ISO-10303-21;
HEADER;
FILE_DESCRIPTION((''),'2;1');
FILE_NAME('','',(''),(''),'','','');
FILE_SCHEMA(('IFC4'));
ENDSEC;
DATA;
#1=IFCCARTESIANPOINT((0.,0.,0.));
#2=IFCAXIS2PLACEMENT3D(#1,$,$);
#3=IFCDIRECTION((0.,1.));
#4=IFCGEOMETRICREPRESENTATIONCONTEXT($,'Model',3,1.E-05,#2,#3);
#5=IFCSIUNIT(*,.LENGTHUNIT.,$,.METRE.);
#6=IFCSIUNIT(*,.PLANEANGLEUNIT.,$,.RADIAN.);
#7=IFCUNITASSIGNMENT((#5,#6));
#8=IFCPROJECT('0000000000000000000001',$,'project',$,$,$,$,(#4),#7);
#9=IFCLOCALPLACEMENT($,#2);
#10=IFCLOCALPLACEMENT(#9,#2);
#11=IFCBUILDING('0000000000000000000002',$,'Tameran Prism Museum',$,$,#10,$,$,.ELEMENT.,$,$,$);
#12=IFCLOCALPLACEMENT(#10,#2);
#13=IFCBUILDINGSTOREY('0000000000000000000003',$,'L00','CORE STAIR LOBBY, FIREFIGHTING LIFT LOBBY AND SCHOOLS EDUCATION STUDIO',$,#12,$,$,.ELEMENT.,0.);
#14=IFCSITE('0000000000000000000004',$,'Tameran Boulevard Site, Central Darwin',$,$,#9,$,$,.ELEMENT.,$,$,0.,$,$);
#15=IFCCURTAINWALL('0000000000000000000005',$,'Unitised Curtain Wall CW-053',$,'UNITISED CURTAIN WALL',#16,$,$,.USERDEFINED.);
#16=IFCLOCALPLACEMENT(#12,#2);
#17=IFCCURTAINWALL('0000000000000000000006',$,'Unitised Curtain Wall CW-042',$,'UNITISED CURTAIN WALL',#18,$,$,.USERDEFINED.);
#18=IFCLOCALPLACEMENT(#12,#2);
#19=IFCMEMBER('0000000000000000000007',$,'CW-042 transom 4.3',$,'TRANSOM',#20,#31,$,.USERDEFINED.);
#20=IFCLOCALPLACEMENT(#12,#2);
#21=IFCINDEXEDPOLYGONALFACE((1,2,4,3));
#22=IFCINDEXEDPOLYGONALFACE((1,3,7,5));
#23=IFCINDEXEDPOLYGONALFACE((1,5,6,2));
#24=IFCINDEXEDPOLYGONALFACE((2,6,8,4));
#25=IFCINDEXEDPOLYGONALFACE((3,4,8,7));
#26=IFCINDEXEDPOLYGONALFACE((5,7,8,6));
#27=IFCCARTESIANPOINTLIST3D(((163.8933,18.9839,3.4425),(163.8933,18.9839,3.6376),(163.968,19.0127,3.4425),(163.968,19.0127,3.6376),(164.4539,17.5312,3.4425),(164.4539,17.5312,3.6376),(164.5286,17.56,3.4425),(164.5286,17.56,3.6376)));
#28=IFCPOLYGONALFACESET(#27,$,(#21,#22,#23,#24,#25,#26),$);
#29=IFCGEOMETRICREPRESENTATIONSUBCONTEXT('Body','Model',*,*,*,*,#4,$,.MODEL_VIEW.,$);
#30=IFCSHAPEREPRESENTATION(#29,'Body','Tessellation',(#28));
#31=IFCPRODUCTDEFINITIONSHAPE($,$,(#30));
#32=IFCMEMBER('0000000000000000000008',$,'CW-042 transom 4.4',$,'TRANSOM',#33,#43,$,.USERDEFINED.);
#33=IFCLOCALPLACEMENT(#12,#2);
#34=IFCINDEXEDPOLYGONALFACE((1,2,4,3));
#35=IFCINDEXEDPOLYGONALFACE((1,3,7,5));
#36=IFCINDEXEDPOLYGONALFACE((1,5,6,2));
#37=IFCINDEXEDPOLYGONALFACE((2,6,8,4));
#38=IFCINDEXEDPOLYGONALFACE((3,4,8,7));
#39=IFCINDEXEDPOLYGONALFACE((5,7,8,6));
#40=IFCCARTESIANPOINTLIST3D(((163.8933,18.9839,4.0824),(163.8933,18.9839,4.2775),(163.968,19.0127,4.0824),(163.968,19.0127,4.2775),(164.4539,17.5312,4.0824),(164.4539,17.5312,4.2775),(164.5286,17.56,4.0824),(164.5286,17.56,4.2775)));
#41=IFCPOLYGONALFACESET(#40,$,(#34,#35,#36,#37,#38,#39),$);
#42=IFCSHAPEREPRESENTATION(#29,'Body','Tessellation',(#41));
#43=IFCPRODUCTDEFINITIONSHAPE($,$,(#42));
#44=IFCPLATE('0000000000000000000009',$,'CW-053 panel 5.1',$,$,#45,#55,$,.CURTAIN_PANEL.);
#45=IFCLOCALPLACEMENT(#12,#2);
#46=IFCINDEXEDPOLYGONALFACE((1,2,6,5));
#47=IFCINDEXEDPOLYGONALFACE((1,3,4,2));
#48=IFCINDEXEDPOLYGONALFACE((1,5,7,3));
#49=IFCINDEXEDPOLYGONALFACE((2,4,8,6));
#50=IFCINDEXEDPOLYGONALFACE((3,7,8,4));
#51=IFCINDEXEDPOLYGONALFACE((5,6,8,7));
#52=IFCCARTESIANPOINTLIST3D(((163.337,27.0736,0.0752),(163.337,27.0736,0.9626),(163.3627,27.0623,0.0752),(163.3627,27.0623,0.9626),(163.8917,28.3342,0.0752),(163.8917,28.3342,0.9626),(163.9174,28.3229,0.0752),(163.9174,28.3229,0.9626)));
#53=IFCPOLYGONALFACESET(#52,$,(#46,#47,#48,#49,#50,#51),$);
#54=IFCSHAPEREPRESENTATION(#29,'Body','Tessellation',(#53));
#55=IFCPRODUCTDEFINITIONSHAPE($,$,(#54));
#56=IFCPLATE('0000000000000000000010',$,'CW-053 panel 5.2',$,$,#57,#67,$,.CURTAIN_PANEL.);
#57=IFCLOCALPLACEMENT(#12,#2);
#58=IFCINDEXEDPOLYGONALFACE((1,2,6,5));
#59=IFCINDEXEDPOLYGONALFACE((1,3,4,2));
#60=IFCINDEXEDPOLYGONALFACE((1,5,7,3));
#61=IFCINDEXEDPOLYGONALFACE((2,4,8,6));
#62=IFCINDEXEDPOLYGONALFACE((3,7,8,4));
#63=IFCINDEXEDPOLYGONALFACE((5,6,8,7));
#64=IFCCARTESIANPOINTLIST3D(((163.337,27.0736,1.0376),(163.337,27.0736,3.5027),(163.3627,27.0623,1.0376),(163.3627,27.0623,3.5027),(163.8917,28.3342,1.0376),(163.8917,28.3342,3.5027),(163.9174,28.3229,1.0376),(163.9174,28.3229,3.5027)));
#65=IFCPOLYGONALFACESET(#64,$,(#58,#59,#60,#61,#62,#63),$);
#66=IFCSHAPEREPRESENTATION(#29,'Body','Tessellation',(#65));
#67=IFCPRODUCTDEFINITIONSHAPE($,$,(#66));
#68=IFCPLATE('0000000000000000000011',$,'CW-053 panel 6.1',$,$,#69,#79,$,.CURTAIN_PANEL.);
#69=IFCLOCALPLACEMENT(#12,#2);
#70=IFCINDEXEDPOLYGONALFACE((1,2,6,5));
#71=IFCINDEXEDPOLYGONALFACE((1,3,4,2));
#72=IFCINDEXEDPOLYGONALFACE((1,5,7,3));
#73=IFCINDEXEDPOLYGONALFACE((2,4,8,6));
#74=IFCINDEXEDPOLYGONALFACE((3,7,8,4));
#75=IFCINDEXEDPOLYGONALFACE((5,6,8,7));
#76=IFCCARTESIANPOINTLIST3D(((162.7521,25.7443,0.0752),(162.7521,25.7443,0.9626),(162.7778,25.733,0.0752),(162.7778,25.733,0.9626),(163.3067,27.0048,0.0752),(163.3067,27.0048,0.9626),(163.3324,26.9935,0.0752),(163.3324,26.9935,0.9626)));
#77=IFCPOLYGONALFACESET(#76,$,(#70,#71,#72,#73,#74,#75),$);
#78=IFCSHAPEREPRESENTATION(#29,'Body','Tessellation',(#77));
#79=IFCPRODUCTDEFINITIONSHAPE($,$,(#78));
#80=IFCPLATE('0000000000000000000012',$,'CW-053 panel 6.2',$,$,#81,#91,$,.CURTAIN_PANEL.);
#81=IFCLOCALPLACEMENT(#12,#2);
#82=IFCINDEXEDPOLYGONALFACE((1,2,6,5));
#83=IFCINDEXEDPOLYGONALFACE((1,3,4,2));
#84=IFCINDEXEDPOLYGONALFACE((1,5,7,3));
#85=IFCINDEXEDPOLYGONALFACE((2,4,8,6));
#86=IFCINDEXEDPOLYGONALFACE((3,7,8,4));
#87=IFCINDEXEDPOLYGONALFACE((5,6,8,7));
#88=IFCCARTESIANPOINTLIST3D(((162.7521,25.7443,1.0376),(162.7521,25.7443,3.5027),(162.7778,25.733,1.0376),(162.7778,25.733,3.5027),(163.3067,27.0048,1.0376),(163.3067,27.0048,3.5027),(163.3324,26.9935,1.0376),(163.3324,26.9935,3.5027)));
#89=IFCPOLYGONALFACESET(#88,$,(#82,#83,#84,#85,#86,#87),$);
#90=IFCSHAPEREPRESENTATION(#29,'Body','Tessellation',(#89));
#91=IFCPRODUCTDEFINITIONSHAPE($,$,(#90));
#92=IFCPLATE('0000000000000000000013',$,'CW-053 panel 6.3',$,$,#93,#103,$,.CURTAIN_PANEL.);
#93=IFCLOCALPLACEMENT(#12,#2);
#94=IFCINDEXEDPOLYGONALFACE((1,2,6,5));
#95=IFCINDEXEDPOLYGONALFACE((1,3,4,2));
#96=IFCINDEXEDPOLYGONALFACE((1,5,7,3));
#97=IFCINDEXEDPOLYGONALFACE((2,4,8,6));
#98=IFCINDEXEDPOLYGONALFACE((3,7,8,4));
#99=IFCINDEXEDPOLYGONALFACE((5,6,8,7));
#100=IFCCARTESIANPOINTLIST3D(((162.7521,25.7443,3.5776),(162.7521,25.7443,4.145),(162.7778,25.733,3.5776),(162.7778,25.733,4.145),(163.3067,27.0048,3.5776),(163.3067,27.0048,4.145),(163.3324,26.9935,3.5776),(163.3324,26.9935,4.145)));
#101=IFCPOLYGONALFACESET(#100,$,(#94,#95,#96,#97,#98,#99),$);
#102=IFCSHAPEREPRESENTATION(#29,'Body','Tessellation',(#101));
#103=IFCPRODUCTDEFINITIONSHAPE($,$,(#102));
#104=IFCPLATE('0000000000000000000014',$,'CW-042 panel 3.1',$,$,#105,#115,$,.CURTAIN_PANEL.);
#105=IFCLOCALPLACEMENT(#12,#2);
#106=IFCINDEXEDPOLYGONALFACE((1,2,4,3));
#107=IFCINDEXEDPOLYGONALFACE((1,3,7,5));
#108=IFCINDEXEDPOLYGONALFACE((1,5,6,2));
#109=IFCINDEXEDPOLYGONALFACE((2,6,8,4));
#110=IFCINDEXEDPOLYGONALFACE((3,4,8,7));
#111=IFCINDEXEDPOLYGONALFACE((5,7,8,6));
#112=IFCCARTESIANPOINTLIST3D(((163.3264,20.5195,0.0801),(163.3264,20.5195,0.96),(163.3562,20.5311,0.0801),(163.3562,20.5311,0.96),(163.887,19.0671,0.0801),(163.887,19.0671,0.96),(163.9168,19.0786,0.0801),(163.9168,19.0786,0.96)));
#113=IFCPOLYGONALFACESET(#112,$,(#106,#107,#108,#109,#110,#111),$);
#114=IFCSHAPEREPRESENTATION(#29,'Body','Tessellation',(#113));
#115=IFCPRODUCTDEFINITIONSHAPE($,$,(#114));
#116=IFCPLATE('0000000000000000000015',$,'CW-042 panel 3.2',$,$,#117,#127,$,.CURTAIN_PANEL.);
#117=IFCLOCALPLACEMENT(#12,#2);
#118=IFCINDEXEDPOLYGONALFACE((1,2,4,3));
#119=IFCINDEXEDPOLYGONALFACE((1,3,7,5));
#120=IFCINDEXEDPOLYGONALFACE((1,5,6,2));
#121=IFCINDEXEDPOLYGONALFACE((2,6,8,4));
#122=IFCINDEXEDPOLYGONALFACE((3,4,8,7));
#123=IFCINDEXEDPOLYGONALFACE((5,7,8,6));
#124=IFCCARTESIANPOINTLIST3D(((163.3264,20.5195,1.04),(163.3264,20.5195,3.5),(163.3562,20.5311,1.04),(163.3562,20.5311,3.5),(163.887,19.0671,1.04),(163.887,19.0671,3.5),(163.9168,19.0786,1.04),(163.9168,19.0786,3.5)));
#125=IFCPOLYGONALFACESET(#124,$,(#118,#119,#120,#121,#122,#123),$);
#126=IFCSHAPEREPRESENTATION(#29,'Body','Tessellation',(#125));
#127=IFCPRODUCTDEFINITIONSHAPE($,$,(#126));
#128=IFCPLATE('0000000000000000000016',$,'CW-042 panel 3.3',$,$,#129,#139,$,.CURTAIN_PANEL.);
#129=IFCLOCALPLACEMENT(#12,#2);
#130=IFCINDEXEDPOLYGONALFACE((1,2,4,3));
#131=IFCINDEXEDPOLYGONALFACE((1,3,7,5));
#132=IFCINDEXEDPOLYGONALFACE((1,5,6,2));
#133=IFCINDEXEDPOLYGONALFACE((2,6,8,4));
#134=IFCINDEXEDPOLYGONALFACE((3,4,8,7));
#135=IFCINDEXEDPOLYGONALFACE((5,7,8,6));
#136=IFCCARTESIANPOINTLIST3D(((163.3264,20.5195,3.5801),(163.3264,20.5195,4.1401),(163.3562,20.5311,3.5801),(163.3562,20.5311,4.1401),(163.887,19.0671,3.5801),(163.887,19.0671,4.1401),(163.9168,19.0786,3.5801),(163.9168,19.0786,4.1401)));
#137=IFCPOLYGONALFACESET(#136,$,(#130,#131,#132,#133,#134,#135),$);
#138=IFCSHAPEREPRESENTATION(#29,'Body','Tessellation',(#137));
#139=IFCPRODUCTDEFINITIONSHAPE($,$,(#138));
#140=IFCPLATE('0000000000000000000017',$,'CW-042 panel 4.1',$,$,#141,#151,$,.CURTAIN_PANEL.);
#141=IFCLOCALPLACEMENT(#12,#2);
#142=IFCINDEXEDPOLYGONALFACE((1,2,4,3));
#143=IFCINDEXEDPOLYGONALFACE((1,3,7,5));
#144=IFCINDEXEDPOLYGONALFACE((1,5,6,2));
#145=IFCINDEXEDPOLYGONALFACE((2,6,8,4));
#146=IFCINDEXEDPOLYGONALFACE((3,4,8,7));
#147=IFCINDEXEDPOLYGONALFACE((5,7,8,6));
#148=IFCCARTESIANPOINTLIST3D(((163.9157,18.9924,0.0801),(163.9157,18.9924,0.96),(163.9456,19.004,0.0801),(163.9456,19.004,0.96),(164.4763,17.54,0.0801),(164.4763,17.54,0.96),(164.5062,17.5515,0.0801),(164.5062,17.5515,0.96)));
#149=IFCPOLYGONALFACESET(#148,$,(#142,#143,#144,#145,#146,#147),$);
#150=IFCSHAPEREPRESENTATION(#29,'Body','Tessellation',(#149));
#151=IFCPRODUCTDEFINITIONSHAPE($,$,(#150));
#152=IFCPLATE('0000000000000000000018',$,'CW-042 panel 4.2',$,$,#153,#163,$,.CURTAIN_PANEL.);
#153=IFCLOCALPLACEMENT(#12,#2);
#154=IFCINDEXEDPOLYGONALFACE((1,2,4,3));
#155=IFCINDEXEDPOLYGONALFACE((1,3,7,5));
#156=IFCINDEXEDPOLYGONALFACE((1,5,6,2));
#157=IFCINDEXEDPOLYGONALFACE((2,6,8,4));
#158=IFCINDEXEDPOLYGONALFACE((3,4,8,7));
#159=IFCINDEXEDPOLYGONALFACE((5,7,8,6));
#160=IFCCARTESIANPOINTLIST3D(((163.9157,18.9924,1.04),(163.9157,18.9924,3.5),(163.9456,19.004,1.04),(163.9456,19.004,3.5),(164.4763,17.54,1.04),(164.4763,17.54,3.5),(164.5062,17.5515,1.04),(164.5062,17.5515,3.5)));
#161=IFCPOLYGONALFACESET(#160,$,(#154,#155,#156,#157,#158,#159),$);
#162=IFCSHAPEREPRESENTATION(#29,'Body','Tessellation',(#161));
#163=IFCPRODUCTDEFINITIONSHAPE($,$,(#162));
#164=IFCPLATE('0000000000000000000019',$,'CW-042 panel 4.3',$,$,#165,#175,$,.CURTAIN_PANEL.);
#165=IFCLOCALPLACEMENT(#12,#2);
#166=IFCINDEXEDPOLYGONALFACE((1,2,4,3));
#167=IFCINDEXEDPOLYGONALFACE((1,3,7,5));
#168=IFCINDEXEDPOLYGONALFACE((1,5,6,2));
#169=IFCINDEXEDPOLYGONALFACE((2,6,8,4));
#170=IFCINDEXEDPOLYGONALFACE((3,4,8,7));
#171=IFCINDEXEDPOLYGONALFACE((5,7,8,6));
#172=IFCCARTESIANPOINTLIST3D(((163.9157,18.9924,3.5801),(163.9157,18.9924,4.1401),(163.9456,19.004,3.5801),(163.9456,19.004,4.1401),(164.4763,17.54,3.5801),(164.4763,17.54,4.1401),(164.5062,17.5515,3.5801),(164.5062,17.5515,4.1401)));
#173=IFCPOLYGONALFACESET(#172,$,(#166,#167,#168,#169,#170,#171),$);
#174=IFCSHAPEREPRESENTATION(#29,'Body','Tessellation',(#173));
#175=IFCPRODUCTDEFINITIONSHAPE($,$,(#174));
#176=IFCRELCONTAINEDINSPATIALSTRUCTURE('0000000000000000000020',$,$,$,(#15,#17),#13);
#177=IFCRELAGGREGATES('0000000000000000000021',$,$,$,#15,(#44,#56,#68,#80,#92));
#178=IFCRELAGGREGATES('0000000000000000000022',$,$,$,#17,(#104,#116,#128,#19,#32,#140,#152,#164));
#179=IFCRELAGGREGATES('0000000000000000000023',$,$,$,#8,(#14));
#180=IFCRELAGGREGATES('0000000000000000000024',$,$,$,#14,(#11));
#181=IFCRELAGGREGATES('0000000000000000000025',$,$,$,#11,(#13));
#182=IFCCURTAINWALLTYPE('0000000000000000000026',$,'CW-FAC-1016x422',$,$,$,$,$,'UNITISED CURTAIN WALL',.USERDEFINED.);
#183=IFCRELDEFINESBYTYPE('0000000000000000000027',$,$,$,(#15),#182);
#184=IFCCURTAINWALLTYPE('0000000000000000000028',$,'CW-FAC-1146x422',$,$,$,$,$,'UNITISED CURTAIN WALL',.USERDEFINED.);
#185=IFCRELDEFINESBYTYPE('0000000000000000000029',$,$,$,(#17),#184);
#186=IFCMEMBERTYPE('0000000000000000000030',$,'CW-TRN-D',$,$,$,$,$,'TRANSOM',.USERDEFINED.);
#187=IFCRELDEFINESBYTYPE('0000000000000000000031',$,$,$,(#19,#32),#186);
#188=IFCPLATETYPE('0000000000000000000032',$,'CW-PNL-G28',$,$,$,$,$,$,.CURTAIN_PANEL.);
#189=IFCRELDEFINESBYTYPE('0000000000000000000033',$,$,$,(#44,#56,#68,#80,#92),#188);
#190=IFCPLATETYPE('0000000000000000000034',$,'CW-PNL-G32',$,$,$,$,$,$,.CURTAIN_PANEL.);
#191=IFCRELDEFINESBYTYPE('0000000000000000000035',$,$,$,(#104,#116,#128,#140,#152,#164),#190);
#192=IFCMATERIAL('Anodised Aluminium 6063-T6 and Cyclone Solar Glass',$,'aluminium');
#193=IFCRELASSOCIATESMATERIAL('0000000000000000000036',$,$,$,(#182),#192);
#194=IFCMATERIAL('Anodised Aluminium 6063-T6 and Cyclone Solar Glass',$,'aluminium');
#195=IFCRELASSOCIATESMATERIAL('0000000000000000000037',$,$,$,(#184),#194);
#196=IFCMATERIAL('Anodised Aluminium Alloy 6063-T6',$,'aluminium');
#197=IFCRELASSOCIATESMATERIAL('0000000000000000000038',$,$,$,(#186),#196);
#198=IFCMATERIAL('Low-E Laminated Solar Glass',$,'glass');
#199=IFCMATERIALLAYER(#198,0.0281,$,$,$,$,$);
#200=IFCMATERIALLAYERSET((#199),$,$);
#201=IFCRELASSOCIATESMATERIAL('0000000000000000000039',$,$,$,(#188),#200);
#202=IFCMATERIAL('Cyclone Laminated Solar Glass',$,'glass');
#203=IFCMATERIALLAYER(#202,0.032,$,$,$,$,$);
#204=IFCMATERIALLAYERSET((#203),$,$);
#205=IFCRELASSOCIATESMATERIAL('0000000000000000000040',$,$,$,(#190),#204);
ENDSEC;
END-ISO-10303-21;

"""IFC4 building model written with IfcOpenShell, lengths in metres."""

from ifc_helpers import new_model, si_unit, direction, frame, origin, origin_2d, place, context, subcontext, project, spatial, rectangle, extrude, material, layer, layer_set, material_profile, profile_set, type_object, element, aggregate, save


model = new_model("IFC4")

# Units and contexts
model_context = context("Model", 3, precision=1e-05, world=origin(), true_north=direction((0.0, 1.0)))
body_context = subcontext(model_context, "Body", "Model", "MODEL_VIEW")
ifc_project = project(units=[si_unit("LENGTHUNIT", "METRE"), si_unit("PLANEANGLEUNIT", "RADIAN")], contexts=[model_context])

# Site, building, storey
site_placement = place(None, origin())
site = spatial("IfcSite", under=ifc_project, at=site_placement, Name="Tameran Boulevard Site, Central Darwin", CompositionType="ELEMENT", RefElevation=0.0)
building_placement = place(site_placement, origin())
building = spatial("IfcBuilding", under=site, at=building_placement, Name="Tameran Prism Museum", CompositionType="ELEMENT")
storey_placement = place(building_placement, origin())
storey = spatial("IfcBuildingStorey", under=building, at=storey_placement, Name="L00", Description="CORE STAIR LOBBY, FIREFIGHTING LIFT LOBBY AND SCHOOLS EDUCATION STUDIO", CompositionType="ELEMENT", Elevation=0.0)

# Curtain wall
ifc_material_1 = material(Name="Anodised Aluminium 6063-T6 and Cyclone Solar Glass", Category="aluminium")
curtain_wall_type_1 = type_object("IfcCurtainWallType", Name="CW-FAC-1016x422", ElementType="UNITISED CURTAIN WALL", PredefinedType="USERDEFINED", material=ifc_material_1)
curtain_wall_1_placement = place(storey_placement, origin())
curtain_wall_1 = element("IfcCurtainWall", 1, at=curtain_wall_1_placement, inside=storey, type_object=curtain_wall_type_1, Name="Unitised Curtain Wall CW-053", ObjectType="UNITISED CURTAIN WALL", PredefinedType="USERDEFINED")

# Curtain wall
ifc_material_2 = material(Name="Anodised Aluminium 6063-T6 and Cyclone Solar Glass", Category="aluminium")
curtain_wall_type_2 = type_object("IfcCurtainWallType", Name="CW-FAC-1146x422", ElementType="UNITISED CURTAIN WALL", PredefinedType="USERDEFINED", material=ifc_material_2)
curtain_wall_2_placement = place(storey_placement, origin())
curtain_wall_2 = element("IfcCurtainWall", 2, at=curtain_wall_2_placement, inside=storey, type_object=curtain_wall_type_2, Name="Unitised Curtain Wall CW-042", ObjectType="UNITISED CURTAIN WALL", PredefinedType="USERDEFINED")

# Members
ifc_material_3 = material(Name="Anodised Aluminium Alloy 6063-T6", Category="aluminium")
ifc_material_profile_1 = material_profile(ifc_material_3, rectangle(XDim=0.0801, YDim=0.1951, at=origin_2d()))
ifc_profile_set_1 = profile_set([ifc_material_profile_1])
member_type_1 = type_object("IfcMemberType", Name="CW-TRN-D", ElementType="TRANSOM", PredefinedType="USERDEFINED", material=ifc_profile_set_1)
member_1_placement = place(storey_placement, frame((163.9307, 18.9983, 3.54), z_axis=(0.360009, -0.932949, 0.0), x_axis=(0.932949, 0.360009, 0.0)))
member_1 = element("IfcMember", 3, at=member_1_placement, type_object=member_type_1, Name="CW-042 transom 4.3", ObjectType="TRANSOM", PredefinedType="USERDEFINED", context=body_context, shape_type="SweptSolid", body=[
    extrude(rectangle(XDim=0.0801, YDim=0.1951, at=origin_2d()), origin(), (0.0, 0.0, 1.0), 1.5571),
])
member_2_placement = place(storey_placement, frame((163.9307, 18.9983, 4.1799), z_axis=(0.360009, -0.932949, 0.0), x_axis=(0.932949, 0.360009, 0.0)))
member_2 = element("IfcMember", 4, at=member_2_placement, type_object=member_type_1, Name="CW-042 transom 4.4", ObjectType="TRANSOM", PredefinedType="USERDEFINED", context=body_context, shape_type="SweptSolid", body=[
    extrude(rectangle(XDim=0.0801, YDim=0.1951, at=origin_2d()), origin(), (0.0, 0.0, 1.0), 1.5571),
])

# Plates
ifc_material_4 = material(Name="Low-E Laminated Solar Glass", Category="glass")
ifc_layer_1 = layer(ifc_material_4, 0.0281)
ifc_layer_set_1 = layer_set([ifc_layer_1])
plate_type_1 = type_object("IfcPlateType", Name="CW-PNL-G28", PredefinedType="CURTAIN_PANEL", material=ifc_layer_set_1)
plate_1_placement = place(storey_placement, frame((163.6272, 27.6982, 0.0752), z_axis=(0.0, 0.0, 1.0), x_axis=(-0.402722, -0.915322, 0.0)))
plate_1 = element("IfcPlate", 5, at=plate_1_placement, type_object=plate_type_1, Name="CW-053 panel 5.1", PredefinedType="CURTAIN_PANEL", context=body_context, shape_type="SweptSolid", body=[
    extrude(rectangle(XDim=1.3772, YDim=0.0281, at=origin_2d()), origin(), (0.0, 0.0, 1.0), 0.8875),
])
plate_2_placement = place(storey_placement, frame((163.6272, 27.6982, 1.0376), z_axis=(0.0, 0.0, 1.0), x_axis=(-0.402722, -0.915322, 0.0)))
plate_2 = element("IfcPlate", 6, at=plate_2_placement, type_object=plate_type_1, Name="CW-053 panel 5.2", PredefinedType="CURTAIN_PANEL", context=body_context, shape_type="SweptSolid", body=[
    extrude(rectangle(XDim=1.3772, YDim=0.0281, at=origin_2d()), origin(), (0.0, 0.0, 1.0), 2.4651),
])
plate_3_placement = place(storey_placement, frame((163.0422, 26.3689, 0.0752), z_axis=(0.0, 0.0, 1.0), x_axis=(-0.402722, -0.915322, 0.0)))
plate_3 = element("IfcPlate", 7, at=plate_3_placement, type_object=plate_type_1, Name="CW-053 panel 6.1", PredefinedType="CURTAIN_PANEL", context=body_context, shape_type="SweptSolid", body=[
    extrude(rectangle(XDim=1.3772, YDim=0.0281, at=origin_2d()), origin(), (0.0, 0.0, 1.0), 0.8875),
])
plate_4_placement = place(storey_placement, frame((163.0422, 26.3689, 1.0376), z_axis=(0.0, 0.0, 1.0), x_axis=(-0.402722, -0.915322, 0.0)))
plate_4 = element("IfcPlate", 8, at=plate_4_placement, type_object=plate_type_1, Name="CW-053 panel 6.2", PredefinedType="CURTAIN_PANEL", context=body_context, shape_type="SweptSolid", body=[
    extrude(rectangle(XDim=1.3772, YDim=0.0281, at=origin_2d()), origin(), (0.0, 0.0, 1.0), 2.4651),
])
plate_5_placement = place(storey_placement, frame((163.0422, 26.3689, 3.5776), z_axis=(0.0, 0.0, 1.0), x_axis=(-0.402722, -0.915322, 0.0)))
plate_5 = element("IfcPlate", 9, at=plate_5_placement, type_object=plate_type_1, Name="CW-053 panel 6.3", PredefinedType="CURTAIN_PANEL", context=body_context, shape_type="SweptSolid", body=[
    extrude(rectangle(XDim=1.3772, YDim=0.0281, at=origin_2d()), origin(), (0.0, 0.0, 1.0), 0.5674),
])
aggregate(curtain_wall_1, [plate_1, plate_2, plate_3, plate_4, plate_5])
ifc_material_5 = material(Name="Cyclone Laminated Solar Glass", Category="glass")
ifc_layer_2 = layer(ifc_material_5, 0.032)
ifc_layer_set_2 = layer_set([ifc_layer_2])
plate_type_2 = type_object("IfcPlateType", Name="CW-PNL-G32", PredefinedType="CURTAIN_PANEL", material=ifc_layer_set_2)
plate_6_placement = place(storey_placement, frame((163.6216, 19.7991, 0.0801), z_axis=(0.0, 0.0, 1.0), x_axis=(0.360078, -0.932922, 0.0)))
plate_6 = element("IfcPlate", 10, at=plate_6_placement, type_object=plate_type_2, Name="CW-042 panel 3.1", PredefinedType="CURTAIN_PANEL", context=body_context, shape_type="SweptSolid", body=[
    extrude(rectangle(XDim=1.5569, YDim=0.032, at=origin_2d()), origin(), (0.0, 0.0, 1.0), 0.8799),
])
plate_7_placement = place(storey_placement, frame((163.6216, 19.7991, 1.04), z_axis=(0.0, 0.0, 1.0), x_axis=(0.360078, -0.932922, 0.0)))
plate_7 = element("IfcPlate", 11, at=plate_7_placement, type_object=plate_type_2, Name="CW-042 panel 3.2", PredefinedType="CURTAIN_PANEL", context=body_context, shape_type="SweptSolid", body=[
    extrude(rectangle(XDim=1.5569, YDim=0.032, at=origin_2d()), origin(), (0.0, 0.0, 1.0), 2.46),
])
plate_8_placement = place(storey_placement, frame((163.6216, 19.7991, 3.5801), z_axis=(0.0, 0.0, 1.0), x_axis=(0.360078, -0.932922, 0.0)))
plate_8 = element("IfcPlate", 12, at=plate_8_placement, type_object=plate_type_2, Name="CW-042 panel 3.3", PredefinedType="CURTAIN_PANEL", context=body_context, shape_type="SweptSolid", body=[
    extrude(rectangle(XDim=1.5569, YDim=0.032, at=origin_2d()), origin(), (0.0, 0.0, 1.0), 0.5601),
])
plate_9_placement = place(storey_placement, frame((164.2109, 18.272, 0.0801), z_axis=(0.0, 0.0, 1.0), x_axis=(0.360078, -0.932922, 0.0)))
plate_9 = element("IfcPlate", 13, at=plate_9_placement, type_object=plate_type_2, Name="CW-042 panel 4.1", PredefinedType="CURTAIN_PANEL", context=body_context, shape_type="SweptSolid", body=[
    extrude(rectangle(XDim=1.5569, YDim=0.032, at=origin_2d()), origin(), (0.0, 0.0, 1.0), 0.8799),
])
plate_10_placement = place(storey_placement, frame((164.2109, 18.272, 1.04), z_axis=(0.0, 0.0, 1.0), x_axis=(0.360078, -0.932922, 0.0)))
plate_10 = element("IfcPlate", 14, at=plate_10_placement, type_object=plate_type_2, Name="CW-042 panel 4.2", PredefinedType="CURTAIN_PANEL", context=body_context, shape_type="SweptSolid", body=[
    extrude(rectangle(XDim=1.5569, YDim=0.032, at=origin_2d()), origin(), (0.0, 0.0, 1.0), 2.46),
])
plate_11_placement = place(storey_placement, frame((164.2109, 18.272, 3.5801), z_axis=(0.0, 0.0, 1.0), x_axis=(0.360078, -0.932922, 0.0)))
plate_11 = element("IfcPlate", 15, at=plate_11_placement, type_object=plate_type_2, Name="CW-042 panel 4.3", PredefinedType="CURTAIN_PANEL", context=body_context, shape_type="SweptSolid", body=[
    extrude(rectangle(XDim=1.5569, YDim=0.032, at=origin_2d()), origin(), (0.0, 0.0, 1.0), 0.5601),
])
aggregate(curtain_wall_2, [plate_6, plate_7, plate_8, member_1, member_2, plate_9, plate_10, plate_11])

save(model, "model.ifc")
